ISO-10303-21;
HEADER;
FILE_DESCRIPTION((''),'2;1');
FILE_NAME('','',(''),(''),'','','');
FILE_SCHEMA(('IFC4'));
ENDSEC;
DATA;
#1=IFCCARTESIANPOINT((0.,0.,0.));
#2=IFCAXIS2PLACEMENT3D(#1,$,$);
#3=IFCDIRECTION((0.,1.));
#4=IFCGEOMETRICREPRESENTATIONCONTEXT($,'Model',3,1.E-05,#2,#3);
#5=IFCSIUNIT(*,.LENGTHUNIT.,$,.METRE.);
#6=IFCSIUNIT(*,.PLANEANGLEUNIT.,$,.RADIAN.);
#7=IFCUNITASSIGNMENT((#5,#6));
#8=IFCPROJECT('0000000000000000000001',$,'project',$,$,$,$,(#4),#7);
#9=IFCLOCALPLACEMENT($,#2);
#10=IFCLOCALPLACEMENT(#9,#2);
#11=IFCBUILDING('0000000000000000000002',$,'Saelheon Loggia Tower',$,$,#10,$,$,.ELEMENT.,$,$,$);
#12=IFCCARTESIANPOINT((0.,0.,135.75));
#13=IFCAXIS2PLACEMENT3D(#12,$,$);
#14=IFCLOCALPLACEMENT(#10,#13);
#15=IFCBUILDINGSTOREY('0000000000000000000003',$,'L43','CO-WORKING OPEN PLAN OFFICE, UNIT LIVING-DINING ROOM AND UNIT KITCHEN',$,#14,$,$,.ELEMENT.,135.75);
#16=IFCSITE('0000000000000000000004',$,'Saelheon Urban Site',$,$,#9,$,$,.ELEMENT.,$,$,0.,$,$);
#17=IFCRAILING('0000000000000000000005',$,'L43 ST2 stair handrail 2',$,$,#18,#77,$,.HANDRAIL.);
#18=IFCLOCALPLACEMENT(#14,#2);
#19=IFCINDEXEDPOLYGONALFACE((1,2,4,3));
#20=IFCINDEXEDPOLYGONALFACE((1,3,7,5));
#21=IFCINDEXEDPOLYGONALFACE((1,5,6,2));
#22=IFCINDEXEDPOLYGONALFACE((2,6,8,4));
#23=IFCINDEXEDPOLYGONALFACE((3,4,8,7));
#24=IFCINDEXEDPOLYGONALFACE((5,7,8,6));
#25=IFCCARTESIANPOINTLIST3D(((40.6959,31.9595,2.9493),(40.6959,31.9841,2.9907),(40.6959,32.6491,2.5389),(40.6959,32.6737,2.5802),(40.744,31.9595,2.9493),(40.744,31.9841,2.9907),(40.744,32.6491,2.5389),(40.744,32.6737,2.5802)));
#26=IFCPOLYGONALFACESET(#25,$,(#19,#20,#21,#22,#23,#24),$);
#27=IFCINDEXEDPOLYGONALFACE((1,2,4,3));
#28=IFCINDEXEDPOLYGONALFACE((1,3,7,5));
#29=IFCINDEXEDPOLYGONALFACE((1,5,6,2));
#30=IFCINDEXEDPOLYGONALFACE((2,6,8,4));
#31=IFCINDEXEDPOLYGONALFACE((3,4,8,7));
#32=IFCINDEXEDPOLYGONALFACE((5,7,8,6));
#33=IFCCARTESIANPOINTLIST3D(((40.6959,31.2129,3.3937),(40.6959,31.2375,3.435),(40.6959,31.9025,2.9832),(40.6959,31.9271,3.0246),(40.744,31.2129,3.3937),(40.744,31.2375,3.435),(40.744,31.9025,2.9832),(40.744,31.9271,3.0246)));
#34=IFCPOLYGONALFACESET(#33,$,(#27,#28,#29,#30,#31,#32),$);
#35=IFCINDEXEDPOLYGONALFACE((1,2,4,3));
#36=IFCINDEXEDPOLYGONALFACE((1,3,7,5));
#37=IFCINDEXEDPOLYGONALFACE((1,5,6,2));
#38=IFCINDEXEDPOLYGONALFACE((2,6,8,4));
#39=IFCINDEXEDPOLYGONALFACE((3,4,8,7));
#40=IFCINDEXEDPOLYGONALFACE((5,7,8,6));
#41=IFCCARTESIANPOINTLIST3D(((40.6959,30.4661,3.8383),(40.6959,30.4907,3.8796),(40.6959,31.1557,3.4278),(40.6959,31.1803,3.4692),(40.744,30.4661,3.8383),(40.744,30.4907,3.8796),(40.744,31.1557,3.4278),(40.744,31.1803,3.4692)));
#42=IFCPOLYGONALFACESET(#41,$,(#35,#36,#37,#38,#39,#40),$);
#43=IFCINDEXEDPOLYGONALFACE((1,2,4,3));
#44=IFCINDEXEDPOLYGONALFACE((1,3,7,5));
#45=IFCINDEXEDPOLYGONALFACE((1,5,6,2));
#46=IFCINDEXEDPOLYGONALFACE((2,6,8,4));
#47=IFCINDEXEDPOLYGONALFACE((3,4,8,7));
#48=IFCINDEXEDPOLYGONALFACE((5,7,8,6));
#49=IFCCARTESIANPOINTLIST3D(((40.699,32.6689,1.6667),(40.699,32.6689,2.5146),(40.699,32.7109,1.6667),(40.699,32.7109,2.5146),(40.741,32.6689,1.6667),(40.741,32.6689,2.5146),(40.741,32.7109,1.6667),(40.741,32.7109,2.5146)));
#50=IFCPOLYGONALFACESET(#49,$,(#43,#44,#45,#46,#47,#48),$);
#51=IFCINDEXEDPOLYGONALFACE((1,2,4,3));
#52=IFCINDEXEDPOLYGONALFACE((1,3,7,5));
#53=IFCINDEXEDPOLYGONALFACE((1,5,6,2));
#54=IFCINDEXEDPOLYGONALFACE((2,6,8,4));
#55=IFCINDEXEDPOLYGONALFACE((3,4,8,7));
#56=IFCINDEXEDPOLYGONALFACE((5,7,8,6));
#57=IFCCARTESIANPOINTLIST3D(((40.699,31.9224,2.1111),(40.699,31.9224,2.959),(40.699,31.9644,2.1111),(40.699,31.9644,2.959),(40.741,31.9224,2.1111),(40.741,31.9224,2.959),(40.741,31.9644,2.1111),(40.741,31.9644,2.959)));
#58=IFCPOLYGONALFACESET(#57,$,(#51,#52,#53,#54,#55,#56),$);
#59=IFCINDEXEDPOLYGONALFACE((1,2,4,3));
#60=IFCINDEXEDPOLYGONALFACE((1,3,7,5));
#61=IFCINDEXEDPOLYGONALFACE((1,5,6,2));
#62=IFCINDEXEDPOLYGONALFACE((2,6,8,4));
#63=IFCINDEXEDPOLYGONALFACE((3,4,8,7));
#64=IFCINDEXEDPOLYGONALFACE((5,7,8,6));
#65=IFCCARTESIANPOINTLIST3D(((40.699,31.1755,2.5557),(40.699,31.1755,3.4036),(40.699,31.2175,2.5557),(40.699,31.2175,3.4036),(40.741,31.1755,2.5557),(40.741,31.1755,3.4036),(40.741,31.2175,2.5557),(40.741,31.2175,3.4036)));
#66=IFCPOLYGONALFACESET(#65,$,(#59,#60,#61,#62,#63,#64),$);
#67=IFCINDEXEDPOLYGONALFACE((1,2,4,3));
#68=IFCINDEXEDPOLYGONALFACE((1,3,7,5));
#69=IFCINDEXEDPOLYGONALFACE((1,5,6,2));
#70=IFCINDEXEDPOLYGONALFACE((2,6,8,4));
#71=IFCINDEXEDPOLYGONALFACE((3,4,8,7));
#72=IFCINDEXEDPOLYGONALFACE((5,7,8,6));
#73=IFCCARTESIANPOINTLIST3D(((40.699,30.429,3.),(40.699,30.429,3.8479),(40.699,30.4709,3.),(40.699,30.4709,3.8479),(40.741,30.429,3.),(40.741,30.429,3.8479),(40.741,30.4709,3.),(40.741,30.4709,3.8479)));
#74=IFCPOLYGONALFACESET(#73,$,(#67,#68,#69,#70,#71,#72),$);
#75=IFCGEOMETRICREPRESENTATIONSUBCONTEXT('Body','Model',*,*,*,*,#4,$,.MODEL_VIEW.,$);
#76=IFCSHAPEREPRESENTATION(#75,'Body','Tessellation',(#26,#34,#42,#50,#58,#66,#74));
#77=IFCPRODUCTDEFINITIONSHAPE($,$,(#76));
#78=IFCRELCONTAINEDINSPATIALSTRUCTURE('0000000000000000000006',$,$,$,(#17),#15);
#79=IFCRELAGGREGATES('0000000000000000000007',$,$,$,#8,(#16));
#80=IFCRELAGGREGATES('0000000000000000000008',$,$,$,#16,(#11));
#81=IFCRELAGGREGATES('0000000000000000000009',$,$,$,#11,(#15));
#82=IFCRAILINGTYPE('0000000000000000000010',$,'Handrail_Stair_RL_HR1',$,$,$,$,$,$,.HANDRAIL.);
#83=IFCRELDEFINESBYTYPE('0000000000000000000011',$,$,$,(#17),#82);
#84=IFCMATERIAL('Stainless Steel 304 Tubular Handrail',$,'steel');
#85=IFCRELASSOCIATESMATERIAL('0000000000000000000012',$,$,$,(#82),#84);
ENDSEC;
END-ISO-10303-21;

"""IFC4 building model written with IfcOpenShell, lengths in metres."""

from ifc_helpers import new_model, si_unit, direction, frame, origin, origin_2d, place, context, subcontext, project, spatial, rectangle, extrude, material, type_object, element, save


model = new_model("IFC4")

# Units and contexts
model_context = context("Model", 3, precision=1e-05, world=origin(), true_north=direction((0.0, 1.0)))
body_context = subcontext(model_context, "Body", "Model", "MODEL_VIEW")
ifc_project = project(units=[si_unit("LENGTHUNIT", "METRE"), si_unit("PLANEANGLEUNIT", "RADIAN")], contexts=[model_context])

# Site, building, storey
site_placement = place(None, origin())
site = spatial("IfcSite", under=ifc_project, at=site_placement, Name="Saelheon Urban Site", CompositionType="ELEMENT", RefElevation=0.0)
building_placement = place(site_placement, origin())
building = spatial("IfcBuilding", under=site, at=building_placement, Name="Saelheon Loggia Tower", CompositionType="ELEMENT")
storey_placement = place(building_placement, frame((0.0, 0.0, 135.75)))
storey = spatial("IfcBuildingStorey", under=building, at=storey_placement, Name="L43", Description="CO-WORKING OPEN PLAN OFFICE, UNIT LIVING-DINING ROOM AND UNIT KITCHEN", CompositionType="ELEMENT", Elevation=135.75)

# Railing
ifc_material_1 = material(Name="Stainless Steel 304 Tubular Handrail", Category="steel")
railing_type_1 = type_object("IfcRailingType", Name="Handrail_Stair_RL_HR1", PredefinedType="HANDRAIL", material=ifc_material_1)
railing_1_placement = place(storey_placement, frame((40.72, 32.6899, 1.6667)))
element("IfcRailing", 1, at=railing_1_placement, inside=storey, type_object=railing_type_1, Name="L43 ST2 stair handrail 2", PredefinedType="HANDRAIL", context=body_context, shape_type="SweptSolid", body=[
    extrude(rectangle(XDim=0.0481, YDim=0.0481, at=origin_2d()), frame((0.0, -0.0286, 0.8928), z_axis=(0.0, -0.859306, 0.511462), x_axis=(1.0, 0.0, 0.0)), (0.0, 0.0, 1.0), 0.8025),
    extrude(rectangle(XDim=0.0481, YDim=0.0481, at=origin_2d()), frame((0.0, -0.7751, 1.3372), z_axis=(0.0, -0.859306, 0.511462), x_axis=(1.0, 0.0, 0.0)), (0.0, 0.0, 1.0), 0.8025),
    extrude(rectangle(XDim=0.0481, YDim=0.0481, at=origin_2d()), frame((0.0, -1.522, 1.7817), z_axis=(0.0, -0.859306, 0.511462), x_axis=(1.0, 0.0, 0.0)), (0.0, 0.0, 1.0), 0.8025),
    extrude(rectangle(XDim=0.042, YDim=0.042, at=origin_2d()), origin(), (0.0, 0.0, 1.0), 0.8479),
    extrude(rectangle(XDim=0.042, YDim=0.042, at=origin_2d()), frame((0.0, -0.7466, 0.4443)), (0.0, 0.0, 1.0), 0.8479),
    extrude(rectangle(XDim=0.042, YDim=0.042, at=origin_2d()), frame((0.0, -1.4934, 0.8889)), (0.0, 0.0, 1.0), 0.8479),
    extrude(rectangle(XDim=0.042, YDim=0.042, at=origin_2d()), frame((0.0, -2.24, 1.3333)), (0.0, 0.0, 1.0), 0.8479),
])

save(model, "model.ifc")
